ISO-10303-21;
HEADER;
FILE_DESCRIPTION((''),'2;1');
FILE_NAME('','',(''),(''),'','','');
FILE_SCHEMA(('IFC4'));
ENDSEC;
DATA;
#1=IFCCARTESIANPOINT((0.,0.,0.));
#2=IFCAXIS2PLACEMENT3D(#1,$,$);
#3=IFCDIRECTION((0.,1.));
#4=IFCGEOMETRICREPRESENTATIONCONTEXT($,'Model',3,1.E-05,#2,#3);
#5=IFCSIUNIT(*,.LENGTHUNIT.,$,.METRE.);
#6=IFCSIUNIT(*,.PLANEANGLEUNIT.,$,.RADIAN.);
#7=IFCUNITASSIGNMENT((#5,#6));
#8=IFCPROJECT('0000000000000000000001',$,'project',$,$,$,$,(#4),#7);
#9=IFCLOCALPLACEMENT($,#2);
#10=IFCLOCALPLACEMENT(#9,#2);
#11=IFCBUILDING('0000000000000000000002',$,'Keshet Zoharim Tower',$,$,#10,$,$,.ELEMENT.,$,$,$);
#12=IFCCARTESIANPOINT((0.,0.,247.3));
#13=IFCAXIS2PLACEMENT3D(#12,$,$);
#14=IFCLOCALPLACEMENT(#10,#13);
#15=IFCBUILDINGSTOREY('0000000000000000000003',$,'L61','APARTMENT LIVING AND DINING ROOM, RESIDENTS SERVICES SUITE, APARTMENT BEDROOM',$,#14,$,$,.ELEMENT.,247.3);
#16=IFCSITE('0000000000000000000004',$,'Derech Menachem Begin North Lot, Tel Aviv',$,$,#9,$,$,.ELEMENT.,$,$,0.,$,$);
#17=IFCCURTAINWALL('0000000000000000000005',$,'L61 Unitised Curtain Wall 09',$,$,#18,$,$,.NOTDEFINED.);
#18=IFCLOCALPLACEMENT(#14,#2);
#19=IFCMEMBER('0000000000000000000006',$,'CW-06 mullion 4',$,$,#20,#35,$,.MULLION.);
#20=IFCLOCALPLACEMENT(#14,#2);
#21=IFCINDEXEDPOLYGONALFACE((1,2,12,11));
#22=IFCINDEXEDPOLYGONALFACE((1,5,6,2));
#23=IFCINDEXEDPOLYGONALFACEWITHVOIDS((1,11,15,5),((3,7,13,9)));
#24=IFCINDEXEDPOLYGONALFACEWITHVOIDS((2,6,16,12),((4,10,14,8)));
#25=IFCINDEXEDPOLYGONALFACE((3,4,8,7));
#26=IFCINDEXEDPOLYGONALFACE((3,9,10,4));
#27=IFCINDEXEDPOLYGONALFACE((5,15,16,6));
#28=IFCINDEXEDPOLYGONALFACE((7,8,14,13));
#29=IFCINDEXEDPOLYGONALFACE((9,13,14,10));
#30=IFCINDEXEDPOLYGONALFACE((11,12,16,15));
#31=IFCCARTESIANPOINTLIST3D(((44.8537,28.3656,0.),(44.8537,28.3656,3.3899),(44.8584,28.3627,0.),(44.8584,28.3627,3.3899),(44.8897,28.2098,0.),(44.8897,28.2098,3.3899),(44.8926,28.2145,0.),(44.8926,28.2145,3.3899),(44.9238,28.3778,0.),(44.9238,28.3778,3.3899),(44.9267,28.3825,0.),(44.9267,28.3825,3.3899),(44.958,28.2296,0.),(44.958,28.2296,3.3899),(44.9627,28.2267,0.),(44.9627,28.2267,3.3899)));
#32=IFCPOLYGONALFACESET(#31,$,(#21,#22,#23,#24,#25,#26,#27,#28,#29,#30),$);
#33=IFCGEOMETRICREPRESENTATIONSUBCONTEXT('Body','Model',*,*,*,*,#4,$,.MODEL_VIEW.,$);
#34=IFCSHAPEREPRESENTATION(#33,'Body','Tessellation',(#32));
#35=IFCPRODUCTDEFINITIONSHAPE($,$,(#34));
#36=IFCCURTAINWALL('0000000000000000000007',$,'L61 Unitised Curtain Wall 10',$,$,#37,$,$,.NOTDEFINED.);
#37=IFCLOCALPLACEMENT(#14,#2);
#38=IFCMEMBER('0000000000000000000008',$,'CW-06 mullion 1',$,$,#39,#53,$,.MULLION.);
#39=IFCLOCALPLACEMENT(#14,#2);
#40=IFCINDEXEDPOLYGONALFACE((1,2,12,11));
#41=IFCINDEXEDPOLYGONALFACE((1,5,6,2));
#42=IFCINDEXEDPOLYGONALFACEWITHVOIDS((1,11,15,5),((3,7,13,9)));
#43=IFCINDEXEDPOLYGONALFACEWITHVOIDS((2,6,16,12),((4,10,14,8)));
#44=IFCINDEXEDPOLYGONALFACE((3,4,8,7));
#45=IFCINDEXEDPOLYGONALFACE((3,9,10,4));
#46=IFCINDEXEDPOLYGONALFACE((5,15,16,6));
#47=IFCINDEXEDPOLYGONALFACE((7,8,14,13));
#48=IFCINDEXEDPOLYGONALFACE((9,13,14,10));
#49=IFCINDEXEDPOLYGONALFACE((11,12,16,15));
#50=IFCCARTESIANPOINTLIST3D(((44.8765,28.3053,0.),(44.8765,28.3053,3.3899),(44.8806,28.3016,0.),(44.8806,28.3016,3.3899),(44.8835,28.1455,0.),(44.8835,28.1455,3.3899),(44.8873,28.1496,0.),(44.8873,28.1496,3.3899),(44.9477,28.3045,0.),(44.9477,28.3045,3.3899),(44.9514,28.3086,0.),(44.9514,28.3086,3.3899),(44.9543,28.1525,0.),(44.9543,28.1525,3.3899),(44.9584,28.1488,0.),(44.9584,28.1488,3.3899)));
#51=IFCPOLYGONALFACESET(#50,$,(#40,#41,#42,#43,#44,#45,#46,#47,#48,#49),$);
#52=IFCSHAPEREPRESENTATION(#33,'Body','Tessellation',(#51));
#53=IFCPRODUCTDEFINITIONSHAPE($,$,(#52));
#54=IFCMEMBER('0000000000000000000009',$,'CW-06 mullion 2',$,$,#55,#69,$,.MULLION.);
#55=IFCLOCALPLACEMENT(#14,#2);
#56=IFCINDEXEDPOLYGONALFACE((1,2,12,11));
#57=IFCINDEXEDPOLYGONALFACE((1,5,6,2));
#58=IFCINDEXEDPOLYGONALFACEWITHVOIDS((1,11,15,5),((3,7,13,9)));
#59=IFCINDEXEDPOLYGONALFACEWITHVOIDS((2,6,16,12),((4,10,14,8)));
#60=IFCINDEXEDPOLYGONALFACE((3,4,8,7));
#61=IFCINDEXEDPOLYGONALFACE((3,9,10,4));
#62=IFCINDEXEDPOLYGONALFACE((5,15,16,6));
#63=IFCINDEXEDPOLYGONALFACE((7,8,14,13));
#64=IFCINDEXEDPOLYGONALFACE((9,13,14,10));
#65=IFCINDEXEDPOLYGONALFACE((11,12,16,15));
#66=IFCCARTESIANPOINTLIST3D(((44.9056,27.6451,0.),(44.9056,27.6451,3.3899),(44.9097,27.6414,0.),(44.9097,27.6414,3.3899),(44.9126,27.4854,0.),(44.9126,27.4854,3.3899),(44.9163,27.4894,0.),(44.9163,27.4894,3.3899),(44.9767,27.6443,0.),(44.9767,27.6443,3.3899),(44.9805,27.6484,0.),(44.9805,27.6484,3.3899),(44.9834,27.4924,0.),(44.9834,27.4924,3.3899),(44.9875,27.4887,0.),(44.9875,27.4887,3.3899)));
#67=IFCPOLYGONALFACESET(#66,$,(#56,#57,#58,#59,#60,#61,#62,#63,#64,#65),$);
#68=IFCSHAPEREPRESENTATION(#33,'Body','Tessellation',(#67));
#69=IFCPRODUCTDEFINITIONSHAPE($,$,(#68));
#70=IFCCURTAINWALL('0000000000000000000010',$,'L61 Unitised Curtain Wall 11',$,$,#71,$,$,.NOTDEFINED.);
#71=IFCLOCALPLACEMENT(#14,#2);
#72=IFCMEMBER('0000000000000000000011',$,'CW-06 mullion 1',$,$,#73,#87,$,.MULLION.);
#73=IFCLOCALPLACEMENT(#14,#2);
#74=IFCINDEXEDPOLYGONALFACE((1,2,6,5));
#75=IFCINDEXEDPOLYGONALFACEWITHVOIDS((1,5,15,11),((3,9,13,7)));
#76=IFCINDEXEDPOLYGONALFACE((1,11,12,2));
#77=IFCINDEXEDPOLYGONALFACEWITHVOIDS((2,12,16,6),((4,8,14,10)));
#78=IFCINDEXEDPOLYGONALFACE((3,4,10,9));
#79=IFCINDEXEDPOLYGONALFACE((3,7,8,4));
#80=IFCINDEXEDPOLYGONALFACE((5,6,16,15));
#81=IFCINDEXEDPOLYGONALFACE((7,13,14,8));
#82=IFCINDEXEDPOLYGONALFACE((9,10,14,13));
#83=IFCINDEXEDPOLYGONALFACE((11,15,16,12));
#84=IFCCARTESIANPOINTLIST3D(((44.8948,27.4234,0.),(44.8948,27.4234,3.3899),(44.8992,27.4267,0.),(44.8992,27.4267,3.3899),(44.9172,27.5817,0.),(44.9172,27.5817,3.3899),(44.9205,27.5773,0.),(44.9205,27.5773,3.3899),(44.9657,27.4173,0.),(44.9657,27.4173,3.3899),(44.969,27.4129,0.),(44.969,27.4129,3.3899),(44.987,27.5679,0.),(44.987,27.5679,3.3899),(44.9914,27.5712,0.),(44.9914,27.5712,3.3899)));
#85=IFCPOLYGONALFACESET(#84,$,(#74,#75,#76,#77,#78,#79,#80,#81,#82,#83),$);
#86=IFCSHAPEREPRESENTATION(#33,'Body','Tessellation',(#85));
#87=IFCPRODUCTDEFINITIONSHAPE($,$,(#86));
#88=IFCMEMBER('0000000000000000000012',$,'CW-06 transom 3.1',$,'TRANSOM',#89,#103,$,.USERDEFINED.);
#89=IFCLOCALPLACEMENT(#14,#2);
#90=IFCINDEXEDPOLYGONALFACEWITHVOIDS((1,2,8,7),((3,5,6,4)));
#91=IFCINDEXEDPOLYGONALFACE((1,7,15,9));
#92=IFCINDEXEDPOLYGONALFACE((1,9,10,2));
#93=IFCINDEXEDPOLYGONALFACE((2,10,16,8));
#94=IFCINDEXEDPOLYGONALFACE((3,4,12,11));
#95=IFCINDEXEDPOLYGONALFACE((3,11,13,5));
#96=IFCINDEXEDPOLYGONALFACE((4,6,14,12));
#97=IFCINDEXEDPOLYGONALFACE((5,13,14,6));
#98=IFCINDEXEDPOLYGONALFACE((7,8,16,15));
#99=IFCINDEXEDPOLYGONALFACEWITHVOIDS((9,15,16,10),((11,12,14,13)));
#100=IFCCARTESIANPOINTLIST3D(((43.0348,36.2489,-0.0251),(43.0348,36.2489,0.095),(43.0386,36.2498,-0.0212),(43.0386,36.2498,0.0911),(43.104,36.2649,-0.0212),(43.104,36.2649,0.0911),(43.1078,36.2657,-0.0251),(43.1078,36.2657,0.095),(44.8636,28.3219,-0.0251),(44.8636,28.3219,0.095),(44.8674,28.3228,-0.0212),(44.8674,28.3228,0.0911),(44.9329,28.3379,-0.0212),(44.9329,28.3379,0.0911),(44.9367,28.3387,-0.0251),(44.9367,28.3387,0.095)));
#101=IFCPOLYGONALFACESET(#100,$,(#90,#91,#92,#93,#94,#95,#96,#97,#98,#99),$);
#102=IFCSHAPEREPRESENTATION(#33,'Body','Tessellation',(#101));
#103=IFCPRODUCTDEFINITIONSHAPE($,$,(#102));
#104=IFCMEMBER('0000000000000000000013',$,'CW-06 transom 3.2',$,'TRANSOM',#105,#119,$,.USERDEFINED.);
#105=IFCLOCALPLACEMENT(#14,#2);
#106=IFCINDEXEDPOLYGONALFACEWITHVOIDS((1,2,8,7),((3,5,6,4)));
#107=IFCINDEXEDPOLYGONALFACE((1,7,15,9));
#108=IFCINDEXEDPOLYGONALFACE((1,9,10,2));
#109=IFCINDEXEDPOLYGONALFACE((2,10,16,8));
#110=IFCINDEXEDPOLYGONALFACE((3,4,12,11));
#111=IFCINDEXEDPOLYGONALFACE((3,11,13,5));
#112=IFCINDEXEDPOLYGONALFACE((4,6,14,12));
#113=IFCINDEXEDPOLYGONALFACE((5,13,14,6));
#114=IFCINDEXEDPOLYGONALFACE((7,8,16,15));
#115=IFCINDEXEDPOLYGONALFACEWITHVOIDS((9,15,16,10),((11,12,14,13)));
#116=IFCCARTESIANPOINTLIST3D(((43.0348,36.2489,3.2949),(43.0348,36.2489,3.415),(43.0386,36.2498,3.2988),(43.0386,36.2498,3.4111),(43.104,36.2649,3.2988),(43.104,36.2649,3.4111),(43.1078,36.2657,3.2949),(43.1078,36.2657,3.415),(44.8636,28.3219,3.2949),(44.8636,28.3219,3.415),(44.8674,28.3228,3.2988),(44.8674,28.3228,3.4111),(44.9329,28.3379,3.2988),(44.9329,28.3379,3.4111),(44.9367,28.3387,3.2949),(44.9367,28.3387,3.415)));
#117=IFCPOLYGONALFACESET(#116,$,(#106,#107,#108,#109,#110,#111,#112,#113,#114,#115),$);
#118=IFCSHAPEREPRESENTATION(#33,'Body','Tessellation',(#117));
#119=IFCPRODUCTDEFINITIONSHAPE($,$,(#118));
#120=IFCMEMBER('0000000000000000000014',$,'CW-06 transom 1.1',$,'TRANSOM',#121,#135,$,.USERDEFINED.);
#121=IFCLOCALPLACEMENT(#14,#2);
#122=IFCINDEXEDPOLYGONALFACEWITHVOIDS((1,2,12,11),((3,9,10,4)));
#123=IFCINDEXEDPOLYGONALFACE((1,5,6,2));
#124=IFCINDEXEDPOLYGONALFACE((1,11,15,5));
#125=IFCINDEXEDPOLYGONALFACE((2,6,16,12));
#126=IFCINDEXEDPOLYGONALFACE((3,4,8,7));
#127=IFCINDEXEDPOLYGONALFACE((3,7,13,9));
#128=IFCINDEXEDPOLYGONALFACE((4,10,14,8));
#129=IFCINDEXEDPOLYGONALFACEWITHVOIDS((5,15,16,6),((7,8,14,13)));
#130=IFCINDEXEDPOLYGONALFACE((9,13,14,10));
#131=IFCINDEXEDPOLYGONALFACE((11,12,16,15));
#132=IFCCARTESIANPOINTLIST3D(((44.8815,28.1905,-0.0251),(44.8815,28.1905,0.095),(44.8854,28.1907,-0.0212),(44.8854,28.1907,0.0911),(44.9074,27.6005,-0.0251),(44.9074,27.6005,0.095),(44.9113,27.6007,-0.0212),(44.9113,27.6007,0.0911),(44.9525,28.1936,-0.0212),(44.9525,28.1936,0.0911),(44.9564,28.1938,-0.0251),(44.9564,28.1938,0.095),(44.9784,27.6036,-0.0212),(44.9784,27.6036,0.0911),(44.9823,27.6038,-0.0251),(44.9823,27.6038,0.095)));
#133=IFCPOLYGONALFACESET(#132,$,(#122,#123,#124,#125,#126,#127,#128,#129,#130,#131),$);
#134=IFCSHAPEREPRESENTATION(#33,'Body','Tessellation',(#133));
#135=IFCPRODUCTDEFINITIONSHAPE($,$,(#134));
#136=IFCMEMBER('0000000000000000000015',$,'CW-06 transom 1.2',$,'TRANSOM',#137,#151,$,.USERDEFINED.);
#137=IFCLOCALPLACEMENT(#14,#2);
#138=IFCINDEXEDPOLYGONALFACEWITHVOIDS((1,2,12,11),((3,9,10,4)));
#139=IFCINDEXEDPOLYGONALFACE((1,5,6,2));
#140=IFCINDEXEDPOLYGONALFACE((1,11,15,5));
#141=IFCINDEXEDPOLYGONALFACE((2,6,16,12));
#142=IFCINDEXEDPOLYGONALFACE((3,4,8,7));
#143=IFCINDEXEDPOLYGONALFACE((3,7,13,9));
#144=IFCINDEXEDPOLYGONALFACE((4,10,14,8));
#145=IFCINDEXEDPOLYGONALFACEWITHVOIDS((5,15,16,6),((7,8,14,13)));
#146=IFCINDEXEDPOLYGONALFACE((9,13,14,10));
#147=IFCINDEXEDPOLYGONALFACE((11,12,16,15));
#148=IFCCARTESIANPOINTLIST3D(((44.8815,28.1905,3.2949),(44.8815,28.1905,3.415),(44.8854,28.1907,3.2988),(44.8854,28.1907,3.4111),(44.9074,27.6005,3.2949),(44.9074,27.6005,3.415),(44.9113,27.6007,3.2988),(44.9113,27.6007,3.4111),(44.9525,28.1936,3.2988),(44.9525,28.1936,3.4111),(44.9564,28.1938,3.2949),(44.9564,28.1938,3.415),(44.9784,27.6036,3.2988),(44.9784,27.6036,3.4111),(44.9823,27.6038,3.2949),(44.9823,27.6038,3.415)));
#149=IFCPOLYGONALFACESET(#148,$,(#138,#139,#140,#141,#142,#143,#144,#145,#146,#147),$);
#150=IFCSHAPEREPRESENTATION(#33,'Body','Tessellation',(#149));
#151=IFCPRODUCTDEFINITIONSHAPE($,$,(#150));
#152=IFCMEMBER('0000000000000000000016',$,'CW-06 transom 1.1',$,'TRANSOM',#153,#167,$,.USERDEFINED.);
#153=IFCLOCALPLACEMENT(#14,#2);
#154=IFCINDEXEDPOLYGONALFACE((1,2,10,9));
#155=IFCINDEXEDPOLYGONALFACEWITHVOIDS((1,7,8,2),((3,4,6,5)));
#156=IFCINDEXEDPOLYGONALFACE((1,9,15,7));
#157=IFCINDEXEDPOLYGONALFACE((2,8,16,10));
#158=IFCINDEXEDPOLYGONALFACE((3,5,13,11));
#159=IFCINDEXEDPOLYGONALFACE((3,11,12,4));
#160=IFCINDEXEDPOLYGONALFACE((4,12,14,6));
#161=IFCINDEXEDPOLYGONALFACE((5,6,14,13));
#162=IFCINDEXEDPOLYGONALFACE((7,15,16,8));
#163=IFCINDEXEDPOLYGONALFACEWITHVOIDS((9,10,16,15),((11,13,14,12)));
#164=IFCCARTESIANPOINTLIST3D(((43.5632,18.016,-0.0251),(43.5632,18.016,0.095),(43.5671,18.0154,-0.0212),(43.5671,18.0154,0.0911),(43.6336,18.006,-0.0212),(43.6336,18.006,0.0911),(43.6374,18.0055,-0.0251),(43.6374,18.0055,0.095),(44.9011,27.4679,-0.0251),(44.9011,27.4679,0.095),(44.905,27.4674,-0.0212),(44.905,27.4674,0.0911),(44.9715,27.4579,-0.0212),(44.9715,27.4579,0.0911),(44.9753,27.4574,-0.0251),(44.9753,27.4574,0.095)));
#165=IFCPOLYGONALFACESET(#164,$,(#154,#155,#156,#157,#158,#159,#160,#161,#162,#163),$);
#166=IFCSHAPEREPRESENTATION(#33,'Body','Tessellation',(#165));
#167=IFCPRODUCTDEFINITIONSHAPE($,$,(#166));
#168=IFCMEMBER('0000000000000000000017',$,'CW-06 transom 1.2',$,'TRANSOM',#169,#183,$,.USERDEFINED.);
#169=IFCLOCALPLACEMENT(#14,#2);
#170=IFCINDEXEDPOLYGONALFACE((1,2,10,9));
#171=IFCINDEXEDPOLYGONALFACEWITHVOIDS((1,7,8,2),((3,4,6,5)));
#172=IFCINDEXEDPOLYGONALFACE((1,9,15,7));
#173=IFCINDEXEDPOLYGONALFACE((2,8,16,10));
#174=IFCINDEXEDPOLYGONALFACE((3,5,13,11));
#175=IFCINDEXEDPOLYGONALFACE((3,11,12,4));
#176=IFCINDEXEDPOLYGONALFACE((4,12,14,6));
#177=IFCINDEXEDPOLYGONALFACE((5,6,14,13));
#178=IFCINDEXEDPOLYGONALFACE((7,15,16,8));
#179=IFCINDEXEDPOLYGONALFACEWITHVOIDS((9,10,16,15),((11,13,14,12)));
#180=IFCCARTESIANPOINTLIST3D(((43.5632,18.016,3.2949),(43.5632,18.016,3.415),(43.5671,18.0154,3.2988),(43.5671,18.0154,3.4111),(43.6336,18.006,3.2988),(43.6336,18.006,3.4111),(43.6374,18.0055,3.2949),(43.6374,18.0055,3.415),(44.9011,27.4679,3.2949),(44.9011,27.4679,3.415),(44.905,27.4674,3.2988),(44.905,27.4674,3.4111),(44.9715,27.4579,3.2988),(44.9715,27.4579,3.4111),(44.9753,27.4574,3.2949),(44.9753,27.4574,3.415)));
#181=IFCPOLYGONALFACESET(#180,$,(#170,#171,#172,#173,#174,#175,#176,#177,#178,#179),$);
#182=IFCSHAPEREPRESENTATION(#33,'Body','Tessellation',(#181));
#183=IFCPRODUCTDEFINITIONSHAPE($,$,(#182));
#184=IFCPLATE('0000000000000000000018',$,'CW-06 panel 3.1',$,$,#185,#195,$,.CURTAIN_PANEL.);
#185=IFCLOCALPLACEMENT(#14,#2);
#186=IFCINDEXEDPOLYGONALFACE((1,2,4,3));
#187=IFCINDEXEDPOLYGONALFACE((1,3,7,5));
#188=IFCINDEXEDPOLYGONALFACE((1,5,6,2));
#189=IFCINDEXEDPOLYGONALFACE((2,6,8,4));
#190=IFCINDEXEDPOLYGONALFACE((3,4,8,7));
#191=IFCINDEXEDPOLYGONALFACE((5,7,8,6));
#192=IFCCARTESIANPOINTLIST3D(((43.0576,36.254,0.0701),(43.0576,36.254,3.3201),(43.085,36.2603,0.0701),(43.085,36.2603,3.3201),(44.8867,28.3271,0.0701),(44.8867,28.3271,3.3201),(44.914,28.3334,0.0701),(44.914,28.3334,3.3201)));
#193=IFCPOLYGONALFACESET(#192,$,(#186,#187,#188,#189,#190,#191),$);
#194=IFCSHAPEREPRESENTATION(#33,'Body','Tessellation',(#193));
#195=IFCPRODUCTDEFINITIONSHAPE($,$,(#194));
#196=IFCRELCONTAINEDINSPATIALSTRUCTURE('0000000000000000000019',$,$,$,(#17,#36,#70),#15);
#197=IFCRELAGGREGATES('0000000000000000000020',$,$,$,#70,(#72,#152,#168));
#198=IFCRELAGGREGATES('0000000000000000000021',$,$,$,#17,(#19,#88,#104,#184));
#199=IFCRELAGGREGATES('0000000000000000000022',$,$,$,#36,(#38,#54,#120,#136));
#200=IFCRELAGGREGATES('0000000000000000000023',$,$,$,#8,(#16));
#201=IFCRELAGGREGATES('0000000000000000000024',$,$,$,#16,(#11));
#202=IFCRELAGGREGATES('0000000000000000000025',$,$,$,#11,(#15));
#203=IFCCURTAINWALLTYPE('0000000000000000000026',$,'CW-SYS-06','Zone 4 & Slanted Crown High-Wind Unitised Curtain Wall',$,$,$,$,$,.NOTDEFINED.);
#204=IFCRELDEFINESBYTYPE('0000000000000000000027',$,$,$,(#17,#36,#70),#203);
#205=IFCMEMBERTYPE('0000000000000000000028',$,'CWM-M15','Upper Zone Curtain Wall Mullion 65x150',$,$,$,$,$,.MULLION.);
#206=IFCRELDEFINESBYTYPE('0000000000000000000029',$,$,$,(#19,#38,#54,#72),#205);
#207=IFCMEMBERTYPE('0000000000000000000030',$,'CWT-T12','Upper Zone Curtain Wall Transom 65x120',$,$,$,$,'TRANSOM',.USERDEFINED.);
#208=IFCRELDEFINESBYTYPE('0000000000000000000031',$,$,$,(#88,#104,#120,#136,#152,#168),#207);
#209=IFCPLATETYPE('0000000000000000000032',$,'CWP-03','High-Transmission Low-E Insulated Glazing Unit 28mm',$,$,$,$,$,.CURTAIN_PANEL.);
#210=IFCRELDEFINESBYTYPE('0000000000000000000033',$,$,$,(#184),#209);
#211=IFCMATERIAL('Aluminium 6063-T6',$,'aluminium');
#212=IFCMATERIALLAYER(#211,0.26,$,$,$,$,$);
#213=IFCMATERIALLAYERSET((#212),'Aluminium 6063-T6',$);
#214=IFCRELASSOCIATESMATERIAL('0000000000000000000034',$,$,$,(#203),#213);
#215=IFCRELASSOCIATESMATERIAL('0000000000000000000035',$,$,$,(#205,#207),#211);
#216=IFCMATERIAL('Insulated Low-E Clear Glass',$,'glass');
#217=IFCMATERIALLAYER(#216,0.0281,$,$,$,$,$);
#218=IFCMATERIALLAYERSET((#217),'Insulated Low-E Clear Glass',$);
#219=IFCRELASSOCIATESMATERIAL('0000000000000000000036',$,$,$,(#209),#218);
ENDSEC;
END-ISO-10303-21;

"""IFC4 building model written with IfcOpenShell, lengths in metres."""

from ifc_helpers import new_model, si_unit, direction, frame, origin, origin_2d, place, context, subcontext, project, spatial, rectangle, hollow_rectangle, extrude, material, layer, layer_set, material_profile, profile_set, type_object, element, aggregate, save


model = new_model("IFC4")

# Units and contexts
model_context = context("Model", 3, precision=1e-05, world=origin(), true_north=direction((0.0, 1.0)))
body_context = subcontext(model_context, "Body", "Model", "MODEL_VIEW")
ifc_project = project(units=[si_unit("LENGTHUNIT", "METRE"), si_unit("PLANEANGLEUNIT", "RADIAN")], contexts=[model_context])

# Site, building, storey
site_placement = place(None, origin())
site = spatial("IfcSite", under=ifc_project, at=site_placement, Name="Derech Menachem Begin North Lot, Tel Aviv", CompositionType="ELEMENT", RefElevation=0.0)
building_placement = place(site_placement, origin())
building = spatial("IfcBuilding", under=site, at=building_placement, Name="Keshet Zoharim Tower", CompositionType="ELEMENT")
storey_placement = place(building_placement, frame((0.0, 0.0, 247.3)))
storey = spatial("IfcBuildingStorey", under=building, at=storey_placement, Name="L61", Description="APARTMENT LIVING AND DINING ROOM, RESIDENTS SERVICES SUITE, APARTMENT BEDROOM", CompositionType="ELEMENT", Elevation=247.3)

# Curtain walls, members
ifc_material_1 = material(Name="Aluminium 6063-T6", Category="aluminium")
ifc_layer_1 = layer(ifc_material_1, 0.26)
ifc_layer_set_1 = layer_set([ifc_layer_1], Name="Aluminium 6063-T6")
curtain_wall_type = type_object("IfcCurtainWallType", Name="CW-SYS-06", Description="Zone 4 & Slanted Crown High-Wind Unitised Curtain Wall", PredefinedType="NOTDEFINED", material=ifc_layer_set_1)
curtain_wall_1_placement = place(storey_placement, origin())
curtain_wall_1 = element("IfcCurtainWall", 1, at=curtain_wall_1_placement, inside=storey, type_object=curtain_wall_type, Name="L61 Unitised Curtain Wall 09", PredefinedType="NOTDEFINED")
ifc_material_profile_1 = material_profile(ifc_material_1, hollow_rectangle(XDim=0.075, YDim=0.1599, WallThickness=0.0039, at=origin_2d()), Name="MUL-75x160")
ifc_profile_set_1 = profile_set([ifc_material_profile_1], Name="Aluminium 6063-T6")
member_type_1 = type_object("IfcMemberType", Name="CWM-M15", Description="Upper Zone Curtain Wall Mullion 65x150", PredefinedType="MULLION", material=ifc_profile_set_1)
member_1_placement = place(storey_placement, frame((44.9082, 28.2961, 0.0), z_axis=(0.0, 0.0, 1.0), x_axis=(0.974398, 0.22483, 0.0)))
member_1 = element("IfcMember", 2, at=member_1_placement, type_object=member_type_1, Name="CW-06 mullion 4", PredefinedType="MULLION", context=body_context, shape_type="SweptSolid", body=[
    extrude(hollow_rectangle(XDim=0.075, YDim=0.1599, WallThickness=0.0039, at=origin_2d()), origin(), (0.0, 0.0, 1.0), 3.3899),
])
curtain_wall_2_placement = place(storey_placement, origin())
curtain_wall_2 = element("IfcCurtainWall", 3, at=curtain_wall_2_placement, inside=storey, type_object=curtain_wall_type, Name="L61 Unitised Curtain Wall 10", PredefinedType="NOTDEFINED")
member_2_placement = place(storey_placement, frame((44.9175, 28.2271, 0.0), z_axis=(0.0, 0.0, 1.0), x_axis=(0.999041, 0.043794, 0.0)))
member_2 = element("IfcMember", 4, at=member_2_placement, type_object=member_type_1, Name="CW-06 mullion 1", PredefinedType="MULLION", context=body_context, shape_type="SweptSolid", body=[
    extrude(hollow_rectangle(XDim=0.075, YDim=0.1599, WallThickness=0.0039, at=origin_2d()), origin(), (0.0, 0.0, 1.0), 3.3899),
])
member_3_placement = place(storey_placement, frame((44.9465, 27.5669, 0.0), z_axis=(0.0, 0.0, 1.0), x_axis=(0.999041, 0.043794, 0.0)))
member_3 = element("IfcMember", 5, at=member_3_placement, type_object=member_type_1, Name="CW-06 mullion 2", PredefinedType="MULLION", context=body_context, shape_type="SweptSolid", body=[
    extrude(hollow_rectangle(XDim=0.075, YDim=0.1599, WallThickness=0.0039, at=origin_2d()), origin(), (0.0, 0.0, 1.0), 3.3899),
])

# Curtain wall, member
curtain_wall_3_placement = place(storey_placement, origin())
curtain_wall_3 = element("IfcCurtainWall", 6, at=curtain_wall_3_placement, inside=storey, type_object=curtain_wall_type, Name="L61 Unitised Curtain Wall 11", PredefinedType="NOTDEFINED")
member_4_placement = place(storey_placement, frame((44.9431, 27.4973, 0.0), z_axis=(0.0, 0.0, 1.0), x_axis=(0.990132, -0.140137, 0.0)))
member_4 = element("IfcMember", 7, at=member_4_placement, type_object=member_type_1, Name="CW-06 mullion 1", PredefinedType="MULLION", context=body_context, shape_type="SweptSolid", body=[
    extrude(hollow_rectangle(XDim=0.075, YDim=0.1599, WallThickness=0.0039, at=origin_2d()), origin(), (0.0, 0.0, 1.0), 3.3899),
])

# Members
ifc_material_profile_2 = material_profile(ifc_material_1, hollow_rectangle(XDim=0.075, YDim=0.1201, WallThickness=0.0039, at=origin_2d()), Name="TRN-75x120")
ifc_profile_set_2 = profile_set([ifc_material_profile_2], Name="Aluminium 6063-T6")
member_type_2 = type_object("IfcMemberType", Name="CWT-T12", Description="Upper Zone Curtain Wall Transom 65x120", ElementType="TRANSOM", PredefinedType="USERDEFINED", material=ifc_profile_set_2)
member_5_placement = place(storey_placement, frame((43.0713, 36.2573, 0.0349), z_axis=(0.224807, -0.974403, 0.0), x_axis=(0.974403, 0.224807, 0.0)))
member_5 = element("IfcMember", 8, at=member_5_placement, type_object=member_type_2, Name="CW-06 transom 3.1", ObjectType="TRANSOM", PredefinedType="USERDEFINED", context=body_context, shape_type="SweptSolid", body=[
    extrude(hollow_rectangle(XDim=0.075, YDim=0.1201, WallThickness=0.0039, at=origin_2d()), origin(), (0.0, 0.0, 1.0), 8.1353),
])
member_6_placement = place(storey_placement, frame((43.0713, 36.2573, 3.355), z_axis=(0.224807, -0.974403, 0.0), x_axis=(0.974403, 0.224807, 0.0)))
member_6 = element("IfcMember", 9, at=member_6_placement, type_object=member_type_2, Name="CW-06 transom 3.2", ObjectType="TRANSOM", PredefinedType="USERDEFINED", context=body_context, shape_type="SweptSolid", body=[
    extrude(hollow_rectangle(XDim=0.075, YDim=0.1201, WallThickness=0.0039, at=origin_2d()), origin(), (0.0, 0.0, 1.0), 8.1353),
])
member_7_placement = place(storey_placement, frame((44.9189, 28.1921, 0.0349), z_axis=(0.043814, -0.99904, 0.0), x_axis=(0.99904, 0.043814, 0.0)))
member_7 = element("IfcMember", 10, at=member_7_placement, type_object=member_type_2, Name="CW-06 transom 1.1", ObjectType="TRANSOM", PredefinedType="USERDEFINED", context=body_context, shape_type="SweptSolid", body=[
    extrude(hollow_rectangle(XDim=0.075, YDim=0.1201, WallThickness=0.0039, at=origin_2d()), origin(), (0.0, 0.0, 1.0), 0.5906),
])
member_8_placement = place(storey_placement, frame((44.9189, 28.1921, 3.355), z_axis=(0.043814, -0.99904, 0.0), x_axis=(0.99904, 0.043814, 0.0)))
member_8 = element("IfcMember", 11, at=member_8_placement, type_object=member_type_2, Name="CW-06 transom 1.2", ObjectType="TRANSOM", PredefinedType="USERDEFINED", context=body_context, shape_type="SweptSolid", body=[
    extrude(hollow_rectangle(XDim=0.075, YDim=0.1201, WallThickness=0.0039, at=origin_2d()), origin(), (0.0, 0.0, 1.0), 0.5906),
])
member_9_placement = place(storey_placement, frame((44.9382, 27.4626, 0.0349), z_axis=(-0.14015, -0.99013, 0.0), x_axis=(0.99013, -0.14015, 0.0)))
member_9 = element("IfcMember", 12, at=member_9_placement, type_object=member_type_2, Name="CW-06 transom 1.1", ObjectType="TRANSOM", PredefinedType="USERDEFINED", context=body_context, shape_type="SweptSolid", body=[
    extrude(hollow_rectangle(XDim=0.075, YDim=0.1201, WallThickness=0.0039, at=origin_2d()), origin(), (0.0, 0.0, 1.0), 9.5461),
])
member_10_placement = place(storey_placement, frame((44.9382, 27.4626, 3.355), z_axis=(-0.14015, -0.99013, 0.0), x_axis=(0.99013, -0.14015, 0.0)))
member_10 = element("IfcMember", 13, at=member_10_placement, type_object=member_type_2, Name="CW-06 transom 1.2", ObjectType="TRANSOM", PredefinedType="USERDEFINED", context=body_context, shape_type="SweptSolid", body=[
    extrude(hollow_rectangle(XDim=0.075, YDim=0.1201, WallThickness=0.0039, at=origin_2d()), origin(), (0.0, 0.0, 1.0), 9.5461),
])
aggregate(curtain_wall_3, [member_4, member_9, member_10])

# Plate
ifc_material_2 = material(Name="Insulated Low-E Clear Glass", Category="glass")
ifc_layer_2 = layer(ifc_material_2, 0.0281)
ifc_layer_set_2 = layer_set([ifc_layer_2], Name="Insulated Low-E Clear Glass")
plate_type = type_object("IfcPlateType", Name="CWP-03", Description="High-Transmission Low-E Insulated Glazing Unit 28mm", PredefinedType="CURTAIN_PANEL", material=ifc_layer_set_2)
plate_1_placement = place(storey_placement, frame((43.9858, 32.2937, 0.0701), z_axis=(0.0, 0.0, 1.0), x_axis=(0.22483, -0.974398, 0.0)))
plate_1 = element("IfcPlate", 14, at=plate_1_placement, type_object=plate_type, Name="CW-06 panel 3.1", PredefinedType="CURTAIN_PANEL", context=body_context, shape_type="SweptSolid", body=[
    extrude(rectangle(XDim=8.1353, YDim=0.0281, at=origin_2d()), origin(), (0.0, 0.0, 1.0), 3.25),
])
aggregate(curtain_wall_1, [member_1, member_5, member_6, plate_1])
aggregate(curtain_wall_2, [member_2, member_3, member_7, member_8])

save(model, "model.ifc")
